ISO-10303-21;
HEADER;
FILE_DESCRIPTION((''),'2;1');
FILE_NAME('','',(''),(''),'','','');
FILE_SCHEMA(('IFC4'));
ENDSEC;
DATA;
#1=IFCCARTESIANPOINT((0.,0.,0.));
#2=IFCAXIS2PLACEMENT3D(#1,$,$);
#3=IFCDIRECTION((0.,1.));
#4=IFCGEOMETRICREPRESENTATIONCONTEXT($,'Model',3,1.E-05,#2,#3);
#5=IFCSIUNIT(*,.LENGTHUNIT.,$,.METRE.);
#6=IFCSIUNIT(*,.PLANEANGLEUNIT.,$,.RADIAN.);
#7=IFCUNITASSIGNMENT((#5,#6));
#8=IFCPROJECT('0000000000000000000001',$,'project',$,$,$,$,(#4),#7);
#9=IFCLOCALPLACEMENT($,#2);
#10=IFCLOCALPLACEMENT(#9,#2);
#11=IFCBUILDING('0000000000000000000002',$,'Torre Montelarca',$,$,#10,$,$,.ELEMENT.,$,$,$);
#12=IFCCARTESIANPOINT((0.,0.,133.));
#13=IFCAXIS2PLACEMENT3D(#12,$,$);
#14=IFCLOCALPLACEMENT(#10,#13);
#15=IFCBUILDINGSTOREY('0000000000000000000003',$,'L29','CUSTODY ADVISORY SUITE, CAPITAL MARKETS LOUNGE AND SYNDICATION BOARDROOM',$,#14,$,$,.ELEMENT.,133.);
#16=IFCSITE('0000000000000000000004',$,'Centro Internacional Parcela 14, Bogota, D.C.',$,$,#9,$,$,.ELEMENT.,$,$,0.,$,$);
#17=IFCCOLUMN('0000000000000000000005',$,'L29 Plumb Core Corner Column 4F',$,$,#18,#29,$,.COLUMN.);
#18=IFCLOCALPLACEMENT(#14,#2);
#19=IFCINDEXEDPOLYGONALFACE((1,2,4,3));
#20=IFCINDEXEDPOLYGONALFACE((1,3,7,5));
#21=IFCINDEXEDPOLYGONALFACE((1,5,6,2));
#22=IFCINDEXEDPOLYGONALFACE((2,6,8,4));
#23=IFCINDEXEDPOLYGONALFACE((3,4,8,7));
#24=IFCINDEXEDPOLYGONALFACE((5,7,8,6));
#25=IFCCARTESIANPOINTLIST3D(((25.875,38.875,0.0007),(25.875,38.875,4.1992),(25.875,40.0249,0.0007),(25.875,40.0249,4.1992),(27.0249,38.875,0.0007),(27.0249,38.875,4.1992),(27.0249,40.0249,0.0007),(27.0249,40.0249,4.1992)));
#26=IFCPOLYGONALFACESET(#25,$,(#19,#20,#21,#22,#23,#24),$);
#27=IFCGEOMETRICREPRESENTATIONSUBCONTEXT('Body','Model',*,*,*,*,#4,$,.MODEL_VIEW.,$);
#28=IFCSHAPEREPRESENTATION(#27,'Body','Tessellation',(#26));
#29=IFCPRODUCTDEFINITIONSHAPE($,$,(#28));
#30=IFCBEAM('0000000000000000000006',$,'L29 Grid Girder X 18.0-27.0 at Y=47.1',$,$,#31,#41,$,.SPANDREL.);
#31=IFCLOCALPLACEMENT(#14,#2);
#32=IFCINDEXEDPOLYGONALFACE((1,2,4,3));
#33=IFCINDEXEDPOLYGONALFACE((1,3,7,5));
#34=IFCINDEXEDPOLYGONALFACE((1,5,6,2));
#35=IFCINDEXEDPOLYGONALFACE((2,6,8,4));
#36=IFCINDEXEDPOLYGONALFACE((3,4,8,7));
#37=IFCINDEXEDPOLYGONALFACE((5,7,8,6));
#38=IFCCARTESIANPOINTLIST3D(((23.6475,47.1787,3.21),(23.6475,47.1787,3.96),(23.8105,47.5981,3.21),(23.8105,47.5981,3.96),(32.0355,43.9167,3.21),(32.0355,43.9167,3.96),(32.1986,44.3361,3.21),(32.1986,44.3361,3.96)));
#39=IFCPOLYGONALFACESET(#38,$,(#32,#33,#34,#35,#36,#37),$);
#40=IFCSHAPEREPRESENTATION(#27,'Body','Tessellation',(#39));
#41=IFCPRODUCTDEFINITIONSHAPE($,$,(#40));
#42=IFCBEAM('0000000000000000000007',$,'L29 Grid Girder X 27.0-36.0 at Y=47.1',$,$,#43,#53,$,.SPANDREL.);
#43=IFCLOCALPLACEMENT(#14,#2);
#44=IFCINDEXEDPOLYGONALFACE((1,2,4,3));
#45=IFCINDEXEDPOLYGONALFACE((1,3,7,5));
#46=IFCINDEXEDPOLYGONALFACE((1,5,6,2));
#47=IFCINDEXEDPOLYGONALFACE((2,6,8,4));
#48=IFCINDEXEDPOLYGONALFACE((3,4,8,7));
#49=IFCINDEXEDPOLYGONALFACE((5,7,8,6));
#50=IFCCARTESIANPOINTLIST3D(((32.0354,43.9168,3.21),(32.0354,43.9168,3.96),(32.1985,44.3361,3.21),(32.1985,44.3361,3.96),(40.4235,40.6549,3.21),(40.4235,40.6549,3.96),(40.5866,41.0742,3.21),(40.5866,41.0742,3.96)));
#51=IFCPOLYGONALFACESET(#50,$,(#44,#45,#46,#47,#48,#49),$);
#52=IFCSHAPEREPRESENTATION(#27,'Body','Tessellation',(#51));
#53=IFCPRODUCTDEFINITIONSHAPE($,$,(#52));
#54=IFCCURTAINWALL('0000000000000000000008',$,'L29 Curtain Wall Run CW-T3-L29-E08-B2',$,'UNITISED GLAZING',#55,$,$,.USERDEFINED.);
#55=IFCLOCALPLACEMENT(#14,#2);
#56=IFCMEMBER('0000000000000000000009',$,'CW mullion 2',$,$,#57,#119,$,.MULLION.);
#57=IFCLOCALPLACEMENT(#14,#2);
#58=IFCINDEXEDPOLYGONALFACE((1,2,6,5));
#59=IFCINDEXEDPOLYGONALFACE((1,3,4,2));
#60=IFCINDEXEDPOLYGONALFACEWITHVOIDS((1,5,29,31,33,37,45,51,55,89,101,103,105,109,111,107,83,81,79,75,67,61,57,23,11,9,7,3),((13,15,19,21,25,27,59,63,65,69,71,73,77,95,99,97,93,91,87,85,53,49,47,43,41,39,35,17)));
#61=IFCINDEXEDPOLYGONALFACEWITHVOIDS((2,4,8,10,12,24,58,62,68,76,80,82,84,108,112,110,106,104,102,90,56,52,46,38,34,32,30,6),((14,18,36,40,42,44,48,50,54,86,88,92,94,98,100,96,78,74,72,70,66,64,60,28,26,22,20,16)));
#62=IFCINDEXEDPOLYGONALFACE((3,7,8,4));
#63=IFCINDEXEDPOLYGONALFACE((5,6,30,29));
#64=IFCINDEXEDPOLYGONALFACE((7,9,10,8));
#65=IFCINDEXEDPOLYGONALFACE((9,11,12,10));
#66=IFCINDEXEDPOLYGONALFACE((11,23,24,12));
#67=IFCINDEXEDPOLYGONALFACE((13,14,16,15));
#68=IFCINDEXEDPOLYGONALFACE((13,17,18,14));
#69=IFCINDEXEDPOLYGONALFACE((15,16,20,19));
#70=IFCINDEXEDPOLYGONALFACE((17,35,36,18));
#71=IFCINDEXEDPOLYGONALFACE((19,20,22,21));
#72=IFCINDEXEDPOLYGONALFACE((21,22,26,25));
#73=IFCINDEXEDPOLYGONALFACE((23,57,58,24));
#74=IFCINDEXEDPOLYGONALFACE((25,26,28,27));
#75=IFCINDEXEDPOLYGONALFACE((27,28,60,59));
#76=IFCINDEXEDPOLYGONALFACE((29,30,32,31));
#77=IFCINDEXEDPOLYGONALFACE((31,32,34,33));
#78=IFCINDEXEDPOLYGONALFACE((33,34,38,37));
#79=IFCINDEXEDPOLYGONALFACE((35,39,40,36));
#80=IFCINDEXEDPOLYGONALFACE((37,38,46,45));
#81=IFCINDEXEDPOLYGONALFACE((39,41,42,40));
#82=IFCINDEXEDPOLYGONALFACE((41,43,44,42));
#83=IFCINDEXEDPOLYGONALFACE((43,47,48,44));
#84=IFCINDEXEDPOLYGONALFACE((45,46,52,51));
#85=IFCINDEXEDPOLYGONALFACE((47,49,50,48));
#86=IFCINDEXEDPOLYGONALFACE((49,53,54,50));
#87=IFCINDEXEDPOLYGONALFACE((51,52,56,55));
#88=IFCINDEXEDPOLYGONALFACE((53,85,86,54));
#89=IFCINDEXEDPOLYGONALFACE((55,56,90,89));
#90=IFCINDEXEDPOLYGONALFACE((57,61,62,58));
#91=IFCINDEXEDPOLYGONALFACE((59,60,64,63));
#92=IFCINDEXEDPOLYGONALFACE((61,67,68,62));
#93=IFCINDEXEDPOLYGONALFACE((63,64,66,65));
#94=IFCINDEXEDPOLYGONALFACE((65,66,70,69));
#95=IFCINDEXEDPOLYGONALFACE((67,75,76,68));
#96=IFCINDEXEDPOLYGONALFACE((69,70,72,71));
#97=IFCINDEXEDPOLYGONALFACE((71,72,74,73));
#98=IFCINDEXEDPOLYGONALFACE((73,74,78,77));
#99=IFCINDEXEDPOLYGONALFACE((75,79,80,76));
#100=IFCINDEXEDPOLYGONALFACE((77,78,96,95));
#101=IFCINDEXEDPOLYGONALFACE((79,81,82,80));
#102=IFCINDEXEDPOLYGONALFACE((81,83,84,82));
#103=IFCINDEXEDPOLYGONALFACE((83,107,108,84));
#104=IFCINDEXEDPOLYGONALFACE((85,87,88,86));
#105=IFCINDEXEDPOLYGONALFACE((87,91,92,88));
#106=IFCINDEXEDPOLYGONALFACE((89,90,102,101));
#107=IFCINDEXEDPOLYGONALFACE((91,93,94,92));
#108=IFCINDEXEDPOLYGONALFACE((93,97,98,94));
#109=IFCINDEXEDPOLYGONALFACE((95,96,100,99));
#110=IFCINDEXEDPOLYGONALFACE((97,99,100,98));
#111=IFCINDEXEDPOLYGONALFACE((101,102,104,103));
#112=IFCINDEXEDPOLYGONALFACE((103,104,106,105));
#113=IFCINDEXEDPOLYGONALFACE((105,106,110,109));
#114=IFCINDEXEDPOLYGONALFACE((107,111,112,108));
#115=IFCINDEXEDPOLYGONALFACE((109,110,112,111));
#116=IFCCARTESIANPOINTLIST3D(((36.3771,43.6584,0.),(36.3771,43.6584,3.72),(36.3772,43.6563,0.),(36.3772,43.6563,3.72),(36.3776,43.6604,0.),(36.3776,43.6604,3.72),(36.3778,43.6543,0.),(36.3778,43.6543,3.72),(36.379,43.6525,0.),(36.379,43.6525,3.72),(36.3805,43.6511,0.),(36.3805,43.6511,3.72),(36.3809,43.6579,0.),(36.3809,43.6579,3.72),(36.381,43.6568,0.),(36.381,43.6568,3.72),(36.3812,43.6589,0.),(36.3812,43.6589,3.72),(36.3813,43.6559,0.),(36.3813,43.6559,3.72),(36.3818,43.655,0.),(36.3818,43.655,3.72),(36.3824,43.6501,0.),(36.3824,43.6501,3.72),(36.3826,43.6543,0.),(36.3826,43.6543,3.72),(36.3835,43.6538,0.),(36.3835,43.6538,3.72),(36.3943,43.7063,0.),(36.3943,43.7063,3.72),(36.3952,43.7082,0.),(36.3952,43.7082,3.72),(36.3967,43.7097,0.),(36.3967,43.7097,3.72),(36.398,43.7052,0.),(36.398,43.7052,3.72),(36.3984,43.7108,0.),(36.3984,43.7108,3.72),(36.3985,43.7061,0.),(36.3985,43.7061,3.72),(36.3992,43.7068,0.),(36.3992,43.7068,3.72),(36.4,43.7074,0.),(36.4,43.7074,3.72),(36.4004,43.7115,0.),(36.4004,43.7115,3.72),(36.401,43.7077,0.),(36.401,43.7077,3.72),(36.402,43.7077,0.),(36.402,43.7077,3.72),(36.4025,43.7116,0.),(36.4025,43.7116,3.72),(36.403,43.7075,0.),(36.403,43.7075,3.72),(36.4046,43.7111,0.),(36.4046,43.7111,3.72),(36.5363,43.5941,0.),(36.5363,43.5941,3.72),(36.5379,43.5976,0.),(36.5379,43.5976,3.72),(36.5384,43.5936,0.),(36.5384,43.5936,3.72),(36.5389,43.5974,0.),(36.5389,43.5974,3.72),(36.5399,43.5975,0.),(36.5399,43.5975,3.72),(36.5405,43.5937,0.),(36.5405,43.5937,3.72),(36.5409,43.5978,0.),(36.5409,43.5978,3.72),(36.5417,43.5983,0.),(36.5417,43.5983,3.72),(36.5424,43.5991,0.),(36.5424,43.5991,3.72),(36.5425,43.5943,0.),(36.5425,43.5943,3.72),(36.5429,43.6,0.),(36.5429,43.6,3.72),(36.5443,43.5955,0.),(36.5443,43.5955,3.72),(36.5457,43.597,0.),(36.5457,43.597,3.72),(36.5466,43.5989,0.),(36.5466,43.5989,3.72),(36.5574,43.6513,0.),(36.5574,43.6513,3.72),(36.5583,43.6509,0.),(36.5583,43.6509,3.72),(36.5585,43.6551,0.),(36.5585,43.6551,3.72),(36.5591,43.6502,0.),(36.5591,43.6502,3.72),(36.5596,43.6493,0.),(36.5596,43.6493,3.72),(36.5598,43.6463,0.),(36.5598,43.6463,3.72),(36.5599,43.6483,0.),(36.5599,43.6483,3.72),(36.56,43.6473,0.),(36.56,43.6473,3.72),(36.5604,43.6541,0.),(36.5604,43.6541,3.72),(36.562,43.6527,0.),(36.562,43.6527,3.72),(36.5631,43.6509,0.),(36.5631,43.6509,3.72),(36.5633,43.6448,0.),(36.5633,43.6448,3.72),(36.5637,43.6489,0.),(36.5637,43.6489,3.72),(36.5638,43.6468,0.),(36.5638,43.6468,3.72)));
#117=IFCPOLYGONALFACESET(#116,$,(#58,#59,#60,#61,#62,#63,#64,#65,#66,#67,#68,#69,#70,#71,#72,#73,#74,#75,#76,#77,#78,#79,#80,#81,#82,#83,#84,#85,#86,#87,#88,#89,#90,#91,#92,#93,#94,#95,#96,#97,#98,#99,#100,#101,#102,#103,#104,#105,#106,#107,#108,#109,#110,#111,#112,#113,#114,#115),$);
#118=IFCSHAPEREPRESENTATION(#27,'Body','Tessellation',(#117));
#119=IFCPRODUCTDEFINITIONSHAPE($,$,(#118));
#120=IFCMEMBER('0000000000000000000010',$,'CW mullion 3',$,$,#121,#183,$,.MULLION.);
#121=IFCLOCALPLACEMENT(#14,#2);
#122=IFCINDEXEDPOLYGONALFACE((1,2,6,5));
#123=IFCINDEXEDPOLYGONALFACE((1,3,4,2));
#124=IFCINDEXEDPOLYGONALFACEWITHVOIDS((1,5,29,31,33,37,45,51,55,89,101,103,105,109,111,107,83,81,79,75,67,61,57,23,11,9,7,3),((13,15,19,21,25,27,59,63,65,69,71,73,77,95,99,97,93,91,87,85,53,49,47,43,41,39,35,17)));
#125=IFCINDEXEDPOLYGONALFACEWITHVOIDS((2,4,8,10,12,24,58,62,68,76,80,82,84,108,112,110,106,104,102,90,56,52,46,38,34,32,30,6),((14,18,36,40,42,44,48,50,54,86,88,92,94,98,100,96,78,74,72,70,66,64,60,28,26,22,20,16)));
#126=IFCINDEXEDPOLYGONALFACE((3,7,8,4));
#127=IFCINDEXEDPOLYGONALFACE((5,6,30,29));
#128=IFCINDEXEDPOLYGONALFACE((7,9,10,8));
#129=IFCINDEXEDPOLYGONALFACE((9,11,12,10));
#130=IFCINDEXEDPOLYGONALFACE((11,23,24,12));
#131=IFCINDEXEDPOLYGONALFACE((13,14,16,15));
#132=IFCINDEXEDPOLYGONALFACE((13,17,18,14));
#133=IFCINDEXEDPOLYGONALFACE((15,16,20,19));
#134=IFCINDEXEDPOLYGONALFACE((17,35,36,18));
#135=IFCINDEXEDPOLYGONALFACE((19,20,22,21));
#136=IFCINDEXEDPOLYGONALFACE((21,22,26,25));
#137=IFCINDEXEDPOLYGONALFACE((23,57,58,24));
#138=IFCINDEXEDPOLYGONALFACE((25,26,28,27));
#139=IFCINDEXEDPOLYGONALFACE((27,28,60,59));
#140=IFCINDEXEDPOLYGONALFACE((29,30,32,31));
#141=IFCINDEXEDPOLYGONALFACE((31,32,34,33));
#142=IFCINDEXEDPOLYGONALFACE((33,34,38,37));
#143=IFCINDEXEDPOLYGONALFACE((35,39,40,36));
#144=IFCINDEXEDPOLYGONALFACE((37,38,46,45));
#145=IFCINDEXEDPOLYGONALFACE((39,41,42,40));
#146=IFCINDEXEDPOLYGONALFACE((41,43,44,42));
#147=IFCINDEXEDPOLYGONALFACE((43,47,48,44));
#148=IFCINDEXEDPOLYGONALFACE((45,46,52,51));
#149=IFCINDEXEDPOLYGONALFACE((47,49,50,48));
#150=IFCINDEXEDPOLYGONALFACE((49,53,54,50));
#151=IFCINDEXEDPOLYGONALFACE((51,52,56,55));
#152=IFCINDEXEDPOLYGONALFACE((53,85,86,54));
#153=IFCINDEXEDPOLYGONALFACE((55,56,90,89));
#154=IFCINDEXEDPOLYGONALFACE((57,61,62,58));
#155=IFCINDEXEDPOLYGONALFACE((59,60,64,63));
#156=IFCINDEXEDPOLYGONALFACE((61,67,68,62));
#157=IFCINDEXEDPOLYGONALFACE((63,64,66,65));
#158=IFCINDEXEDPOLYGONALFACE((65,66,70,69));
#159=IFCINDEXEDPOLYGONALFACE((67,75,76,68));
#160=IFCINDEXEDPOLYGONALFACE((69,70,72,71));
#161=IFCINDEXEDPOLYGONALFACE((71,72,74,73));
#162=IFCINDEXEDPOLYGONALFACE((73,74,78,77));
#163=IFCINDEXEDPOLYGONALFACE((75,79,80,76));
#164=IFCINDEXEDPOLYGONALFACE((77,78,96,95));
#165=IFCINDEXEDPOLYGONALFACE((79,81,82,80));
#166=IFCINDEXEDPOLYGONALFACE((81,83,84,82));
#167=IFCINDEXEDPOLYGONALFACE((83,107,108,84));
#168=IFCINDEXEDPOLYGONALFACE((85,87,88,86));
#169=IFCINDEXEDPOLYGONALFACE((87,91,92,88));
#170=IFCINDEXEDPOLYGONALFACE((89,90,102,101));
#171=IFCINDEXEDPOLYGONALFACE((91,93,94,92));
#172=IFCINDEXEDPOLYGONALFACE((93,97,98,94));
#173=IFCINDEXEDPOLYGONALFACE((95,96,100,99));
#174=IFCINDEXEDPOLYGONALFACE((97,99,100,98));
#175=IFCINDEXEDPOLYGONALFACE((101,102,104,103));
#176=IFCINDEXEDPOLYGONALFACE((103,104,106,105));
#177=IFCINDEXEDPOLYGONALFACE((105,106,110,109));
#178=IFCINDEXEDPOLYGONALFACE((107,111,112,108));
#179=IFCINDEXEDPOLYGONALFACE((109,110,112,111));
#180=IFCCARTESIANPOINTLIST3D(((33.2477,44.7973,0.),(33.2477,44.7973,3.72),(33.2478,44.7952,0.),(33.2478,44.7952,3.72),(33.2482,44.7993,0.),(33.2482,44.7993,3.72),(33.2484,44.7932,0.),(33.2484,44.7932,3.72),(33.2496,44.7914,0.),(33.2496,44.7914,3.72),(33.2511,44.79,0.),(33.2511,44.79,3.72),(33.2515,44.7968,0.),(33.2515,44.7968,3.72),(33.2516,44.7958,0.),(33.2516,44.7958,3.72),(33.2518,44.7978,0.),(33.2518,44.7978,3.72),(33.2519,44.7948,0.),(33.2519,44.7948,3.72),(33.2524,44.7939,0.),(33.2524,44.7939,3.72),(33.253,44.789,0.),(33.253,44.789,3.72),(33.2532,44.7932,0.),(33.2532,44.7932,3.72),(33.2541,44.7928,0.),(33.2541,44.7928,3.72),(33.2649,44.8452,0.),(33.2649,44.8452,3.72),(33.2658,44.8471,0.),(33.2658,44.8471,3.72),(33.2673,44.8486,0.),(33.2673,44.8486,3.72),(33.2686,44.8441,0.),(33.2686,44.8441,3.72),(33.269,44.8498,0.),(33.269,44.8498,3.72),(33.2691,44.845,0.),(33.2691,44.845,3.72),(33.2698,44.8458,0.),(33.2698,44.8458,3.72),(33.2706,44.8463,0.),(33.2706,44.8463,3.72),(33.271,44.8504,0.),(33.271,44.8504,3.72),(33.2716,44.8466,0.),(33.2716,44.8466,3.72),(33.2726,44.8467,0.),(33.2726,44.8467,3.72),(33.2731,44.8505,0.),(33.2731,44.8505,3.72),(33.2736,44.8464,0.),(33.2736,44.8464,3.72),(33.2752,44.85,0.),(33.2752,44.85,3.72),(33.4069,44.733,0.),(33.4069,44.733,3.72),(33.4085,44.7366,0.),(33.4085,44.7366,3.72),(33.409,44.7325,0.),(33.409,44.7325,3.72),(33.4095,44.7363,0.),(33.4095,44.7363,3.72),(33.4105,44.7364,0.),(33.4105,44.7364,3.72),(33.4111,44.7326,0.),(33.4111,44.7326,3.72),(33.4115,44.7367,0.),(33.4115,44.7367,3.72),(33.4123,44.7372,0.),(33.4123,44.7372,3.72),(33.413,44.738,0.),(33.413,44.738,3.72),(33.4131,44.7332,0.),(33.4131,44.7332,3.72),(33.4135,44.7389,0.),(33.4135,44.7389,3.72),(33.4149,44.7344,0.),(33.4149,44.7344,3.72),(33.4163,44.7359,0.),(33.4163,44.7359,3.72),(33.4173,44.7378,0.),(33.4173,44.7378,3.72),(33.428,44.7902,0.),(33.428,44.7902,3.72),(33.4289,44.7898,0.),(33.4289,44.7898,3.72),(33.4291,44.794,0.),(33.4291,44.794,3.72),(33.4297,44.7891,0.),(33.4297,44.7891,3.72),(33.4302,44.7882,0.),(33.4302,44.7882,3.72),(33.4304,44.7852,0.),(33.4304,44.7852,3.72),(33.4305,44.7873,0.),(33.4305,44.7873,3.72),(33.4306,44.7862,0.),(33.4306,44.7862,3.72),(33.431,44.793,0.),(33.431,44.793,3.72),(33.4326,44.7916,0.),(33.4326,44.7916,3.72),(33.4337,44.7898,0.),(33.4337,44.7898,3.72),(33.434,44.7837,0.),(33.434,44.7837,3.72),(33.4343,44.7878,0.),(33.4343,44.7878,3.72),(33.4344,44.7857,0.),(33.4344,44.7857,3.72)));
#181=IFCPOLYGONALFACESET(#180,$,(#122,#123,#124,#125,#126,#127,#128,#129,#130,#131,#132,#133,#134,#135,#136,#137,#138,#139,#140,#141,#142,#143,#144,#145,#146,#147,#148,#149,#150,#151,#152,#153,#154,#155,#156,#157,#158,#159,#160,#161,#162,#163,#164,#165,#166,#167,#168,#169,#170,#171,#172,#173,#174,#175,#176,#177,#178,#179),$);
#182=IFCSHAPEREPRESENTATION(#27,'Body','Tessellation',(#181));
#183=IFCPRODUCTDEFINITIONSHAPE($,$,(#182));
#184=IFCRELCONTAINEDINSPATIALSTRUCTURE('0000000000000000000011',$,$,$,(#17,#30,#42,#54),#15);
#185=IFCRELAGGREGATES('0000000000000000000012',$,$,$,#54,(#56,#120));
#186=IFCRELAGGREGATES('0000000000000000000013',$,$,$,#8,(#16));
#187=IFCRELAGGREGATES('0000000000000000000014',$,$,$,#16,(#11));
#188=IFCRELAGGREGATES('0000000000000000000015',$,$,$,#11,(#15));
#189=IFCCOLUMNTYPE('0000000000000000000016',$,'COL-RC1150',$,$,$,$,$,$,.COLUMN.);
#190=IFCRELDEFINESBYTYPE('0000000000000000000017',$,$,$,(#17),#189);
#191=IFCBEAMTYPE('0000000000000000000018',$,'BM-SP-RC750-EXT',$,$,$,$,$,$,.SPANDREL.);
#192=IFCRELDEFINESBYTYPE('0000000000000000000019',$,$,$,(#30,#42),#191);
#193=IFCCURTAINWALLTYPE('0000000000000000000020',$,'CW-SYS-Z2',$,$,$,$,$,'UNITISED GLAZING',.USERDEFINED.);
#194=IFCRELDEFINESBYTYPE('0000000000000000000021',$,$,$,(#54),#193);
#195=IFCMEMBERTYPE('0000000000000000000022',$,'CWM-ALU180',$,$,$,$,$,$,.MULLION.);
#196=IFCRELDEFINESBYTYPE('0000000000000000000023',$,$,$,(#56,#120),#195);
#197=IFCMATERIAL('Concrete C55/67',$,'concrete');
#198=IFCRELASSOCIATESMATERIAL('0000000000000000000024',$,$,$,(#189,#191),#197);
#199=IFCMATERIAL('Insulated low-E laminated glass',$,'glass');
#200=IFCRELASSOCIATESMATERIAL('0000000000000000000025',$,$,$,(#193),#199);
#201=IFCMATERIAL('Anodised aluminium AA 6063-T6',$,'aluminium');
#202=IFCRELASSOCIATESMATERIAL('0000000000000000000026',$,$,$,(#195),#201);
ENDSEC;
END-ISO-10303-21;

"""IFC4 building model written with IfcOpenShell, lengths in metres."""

from ifc_helpers import new_model, si_unit, direction, frame, origin, origin_2d, place, context, subcontext, project, spatial, rectangle, hollow_rectangle, extrude, source, transform, mapped, material, material_profile, profile_set, type_object, element, aggregate, save


model = new_model("IFC4")

# Units and contexts
model_context = context("Model", 3, precision=1e-05, world=origin(), true_north=direction((0.0, 1.0)))
body_context = subcontext(model_context, "Body", "Model", "MODEL_VIEW")
ifc_project = project(units=[si_unit("LENGTHUNIT", "METRE"), si_unit("PLANEANGLEUNIT", "RADIAN")], contexts=[model_context])

# Site, building, storey
site_placement = place(None, origin())
site = spatial("IfcSite", under=ifc_project, at=site_placement, Name="Centro Internacional Parcela 14, Bogota, D.C.", CompositionType="ELEMENT", RefElevation=0.0)
building_placement = place(site_placement, origin())
building = spatial("IfcBuilding", under=site, at=building_placement, Name="Torre Montelarca", CompositionType="ELEMENT")
storey_placement = place(building_placement, frame((0.0, 0.0, 133.0)))
storey = spatial("IfcBuildingStorey", under=building, at=storey_placement, Name="L29", Description="CUSTODY ADVISORY SUITE, CAPITAL MARKETS LOUNGE AND SYNDICATION BOARDROOM", CompositionType="ELEMENT", Elevation=133.0)

# Column
ifc_material_1 = material(Name="Concrete C55/67", Category="concrete")
ifc_material_profile_1 = material_profile(ifc_material_1, rectangle(XDim=1.1499, YDim=1.1499, at=origin_2d()), Name="RC1150X1150", Category="concrete")
ifc_profile_set_1 = profile_set([ifc_material_profile_1], Name="Concrete C55/67")
column_type_1 = type_object("IfcColumnType", Name="COL-RC1150", PredefinedType="COLUMN", material=ifc_profile_set_1)
shared_shape_1 = source(origin(), body_context, "Body", "SweptSolid", [
    extrude(rectangle(XDim=1.1499, YDim=1.1499, at=origin_2d()), origin(), (0.0, 0.0, 1.0), 4.1985),
])
column_1_placement = place(storey_placement, frame((26.45, 39.45, 0.0007), z_axis=(0.0, 0.0, 1.0), x_axis=(1.0, 0.0, 0.0)))
element("IfcColumn", 1, at=column_1_placement, inside=storey, type_object=column_type_1, Name="L29 Plumb Core Corner Column 4F", PredefinedType="COLUMN", context=body_context, shape_type="MappedRepresentation", body=[
    mapped(shared_shape_1, transform((0.0, 0.0, 0.0), scale=1.0)),
])

# Beams
ifc_material_profile_2 = material_profile(ifc_material_1, rectangle(XDim=0.45, YDim=0.75, at=origin_2d()), Name="RCB450X750", Category="concrete")
ifc_profile_set_2 = profile_set([ifc_material_profile_2], Name="Concrete C55/67")
beam_type = type_object("IfcBeamType", Name="BM-SP-RC750-EXT", PredefinedType="SPANDREL", material=ifc_profile_set_2)
shared_shape_2 = source(origin(), body_context, "Body", "SweptSolid", [
    extrude(rectangle(XDim=0.45, YDim=0.75, at=origin_2d()), origin(), (0.0, 0.0, 1.0), 9.0),
])
for number, where, z_axis, x_axis, name in (
    (2, (23.729, 47.3884, 3.585), (0.932005, -0.362445, 0.0), (0.362445, 0.932005, 0.0), "L29 Grid Girder X 18.0-27.0 at Y=47.1"),
    (3, (32.1169, 44.1265, 3.585), (0.932009, -0.362436, 0.0), (0.362436, 0.932009, 0.0), "L29 Grid Girder X 27.0-36.0 at Y=47.1"),
):
    element("IfcBeam", number, at=place(storey_placement, frame(where, z_axis=z_axis, x_axis=x_axis)), inside=storey, type_object=beam_type, Name=name, PredefinedType="SPANDREL", context=body_context, shape_type="MappedRepresentation", body=[
        mapped(shared_shape_2, transform((0.0, 0.0, 0.0), scale=1.0)),
    ])

# Curtain wall, members
ifc_material_2 = material(Name="Insulated low-E laminated glass", Category="glass")
curtain_wall_type = type_object("IfcCurtainWallType", Name="CW-SYS-Z2", ElementType="UNITISED GLAZING", PredefinedType="USERDEFINED", material=ifc_material_2)
curtain_wall_1_placement = place(storey_placement, origin())
curtain_wall_1 = element("IfcCurtainWall", 4, at=curtain_wall_1_placement, inside=storey, type_object=curtain_wall_type, Name="L29 Curtain Wall Run CW-T3-L29-E08-B2", ObjectType="UNITISED GLAZING", PredefinedType="USERDEFINED")
ifc_material_3 = material(Name="Anodised aluminium AA 6063-T6", Category="aluminium")
ifc_material_profile_3 = material_profile(ifc_material_3, hollow_rectangle(XDim=0.0649, YDim=0.1799, WallThickness=0.0039, InnerFilletRadius=0.0039, OuterFilletRadius=0.0081, at=origin_2d()), Name="ALU65X180X4", Category="aluminium")
ifc_profile_set_3 = profile_set([ifc_material_profile_3], Name="Anodised aluminium AA 6063-T6")
member_type_1 = type_object("IfcMemberType", Name="CWM-ALU180", PredefinedType="MULLION", material=ifc_profile_set_3)
shared_shape_3 = source(origin(), body_context, "Body", "SweptSolid", [
    extrude(hollow_rectangle(XDim=0.0649, YDim=0.1799, WallThickness=0.0039, InnerFilletRadius=0.0039, OuterFilletRadius=0.0081, at=origin_2d()), origin(), (0.0, 0.0, 1.0), 3.72),
])
member_1_placement = place(storey_placement, frame((36.4705, 43.6526, 0.0), z_axis=(0.0, 0.0, 1.0), x_axis=(-0.342018, -0.939694, 0.0)))
member_1 = element("IfcMember", 5, at=member_1_placement, type_object=member_type_1, Name="CW mullion 2", PredefinedType="MULLION", context=body_context, shape_type="MappedRepresentation", body=[
    mapped(shared_shape_3, transform((0.0, 0.0, 0.0), scale=1.0)),
])
member_2_placement = place(storey_placement, frame((33.3411, 44.7915, 0.0), z_axis=(0.0, 0.0, 1.0), x_axis=(-0.342018, -0.939694, 0.0)))
member_2 = element("IfcMember", 6, at=member_2_placement, type_object=member_type_1, Name="CW mullion 3", PredefinedType="MULLION", context=body_context, shape_type="MappedRepresentation", body=[
    mapped(shared_shape_3, transform((0.0, 0.0, 0.0), scale=1.0)),
])

aggregate(curtain_wall_1, [member_1, member_2])

save(model, "model.ifc")
